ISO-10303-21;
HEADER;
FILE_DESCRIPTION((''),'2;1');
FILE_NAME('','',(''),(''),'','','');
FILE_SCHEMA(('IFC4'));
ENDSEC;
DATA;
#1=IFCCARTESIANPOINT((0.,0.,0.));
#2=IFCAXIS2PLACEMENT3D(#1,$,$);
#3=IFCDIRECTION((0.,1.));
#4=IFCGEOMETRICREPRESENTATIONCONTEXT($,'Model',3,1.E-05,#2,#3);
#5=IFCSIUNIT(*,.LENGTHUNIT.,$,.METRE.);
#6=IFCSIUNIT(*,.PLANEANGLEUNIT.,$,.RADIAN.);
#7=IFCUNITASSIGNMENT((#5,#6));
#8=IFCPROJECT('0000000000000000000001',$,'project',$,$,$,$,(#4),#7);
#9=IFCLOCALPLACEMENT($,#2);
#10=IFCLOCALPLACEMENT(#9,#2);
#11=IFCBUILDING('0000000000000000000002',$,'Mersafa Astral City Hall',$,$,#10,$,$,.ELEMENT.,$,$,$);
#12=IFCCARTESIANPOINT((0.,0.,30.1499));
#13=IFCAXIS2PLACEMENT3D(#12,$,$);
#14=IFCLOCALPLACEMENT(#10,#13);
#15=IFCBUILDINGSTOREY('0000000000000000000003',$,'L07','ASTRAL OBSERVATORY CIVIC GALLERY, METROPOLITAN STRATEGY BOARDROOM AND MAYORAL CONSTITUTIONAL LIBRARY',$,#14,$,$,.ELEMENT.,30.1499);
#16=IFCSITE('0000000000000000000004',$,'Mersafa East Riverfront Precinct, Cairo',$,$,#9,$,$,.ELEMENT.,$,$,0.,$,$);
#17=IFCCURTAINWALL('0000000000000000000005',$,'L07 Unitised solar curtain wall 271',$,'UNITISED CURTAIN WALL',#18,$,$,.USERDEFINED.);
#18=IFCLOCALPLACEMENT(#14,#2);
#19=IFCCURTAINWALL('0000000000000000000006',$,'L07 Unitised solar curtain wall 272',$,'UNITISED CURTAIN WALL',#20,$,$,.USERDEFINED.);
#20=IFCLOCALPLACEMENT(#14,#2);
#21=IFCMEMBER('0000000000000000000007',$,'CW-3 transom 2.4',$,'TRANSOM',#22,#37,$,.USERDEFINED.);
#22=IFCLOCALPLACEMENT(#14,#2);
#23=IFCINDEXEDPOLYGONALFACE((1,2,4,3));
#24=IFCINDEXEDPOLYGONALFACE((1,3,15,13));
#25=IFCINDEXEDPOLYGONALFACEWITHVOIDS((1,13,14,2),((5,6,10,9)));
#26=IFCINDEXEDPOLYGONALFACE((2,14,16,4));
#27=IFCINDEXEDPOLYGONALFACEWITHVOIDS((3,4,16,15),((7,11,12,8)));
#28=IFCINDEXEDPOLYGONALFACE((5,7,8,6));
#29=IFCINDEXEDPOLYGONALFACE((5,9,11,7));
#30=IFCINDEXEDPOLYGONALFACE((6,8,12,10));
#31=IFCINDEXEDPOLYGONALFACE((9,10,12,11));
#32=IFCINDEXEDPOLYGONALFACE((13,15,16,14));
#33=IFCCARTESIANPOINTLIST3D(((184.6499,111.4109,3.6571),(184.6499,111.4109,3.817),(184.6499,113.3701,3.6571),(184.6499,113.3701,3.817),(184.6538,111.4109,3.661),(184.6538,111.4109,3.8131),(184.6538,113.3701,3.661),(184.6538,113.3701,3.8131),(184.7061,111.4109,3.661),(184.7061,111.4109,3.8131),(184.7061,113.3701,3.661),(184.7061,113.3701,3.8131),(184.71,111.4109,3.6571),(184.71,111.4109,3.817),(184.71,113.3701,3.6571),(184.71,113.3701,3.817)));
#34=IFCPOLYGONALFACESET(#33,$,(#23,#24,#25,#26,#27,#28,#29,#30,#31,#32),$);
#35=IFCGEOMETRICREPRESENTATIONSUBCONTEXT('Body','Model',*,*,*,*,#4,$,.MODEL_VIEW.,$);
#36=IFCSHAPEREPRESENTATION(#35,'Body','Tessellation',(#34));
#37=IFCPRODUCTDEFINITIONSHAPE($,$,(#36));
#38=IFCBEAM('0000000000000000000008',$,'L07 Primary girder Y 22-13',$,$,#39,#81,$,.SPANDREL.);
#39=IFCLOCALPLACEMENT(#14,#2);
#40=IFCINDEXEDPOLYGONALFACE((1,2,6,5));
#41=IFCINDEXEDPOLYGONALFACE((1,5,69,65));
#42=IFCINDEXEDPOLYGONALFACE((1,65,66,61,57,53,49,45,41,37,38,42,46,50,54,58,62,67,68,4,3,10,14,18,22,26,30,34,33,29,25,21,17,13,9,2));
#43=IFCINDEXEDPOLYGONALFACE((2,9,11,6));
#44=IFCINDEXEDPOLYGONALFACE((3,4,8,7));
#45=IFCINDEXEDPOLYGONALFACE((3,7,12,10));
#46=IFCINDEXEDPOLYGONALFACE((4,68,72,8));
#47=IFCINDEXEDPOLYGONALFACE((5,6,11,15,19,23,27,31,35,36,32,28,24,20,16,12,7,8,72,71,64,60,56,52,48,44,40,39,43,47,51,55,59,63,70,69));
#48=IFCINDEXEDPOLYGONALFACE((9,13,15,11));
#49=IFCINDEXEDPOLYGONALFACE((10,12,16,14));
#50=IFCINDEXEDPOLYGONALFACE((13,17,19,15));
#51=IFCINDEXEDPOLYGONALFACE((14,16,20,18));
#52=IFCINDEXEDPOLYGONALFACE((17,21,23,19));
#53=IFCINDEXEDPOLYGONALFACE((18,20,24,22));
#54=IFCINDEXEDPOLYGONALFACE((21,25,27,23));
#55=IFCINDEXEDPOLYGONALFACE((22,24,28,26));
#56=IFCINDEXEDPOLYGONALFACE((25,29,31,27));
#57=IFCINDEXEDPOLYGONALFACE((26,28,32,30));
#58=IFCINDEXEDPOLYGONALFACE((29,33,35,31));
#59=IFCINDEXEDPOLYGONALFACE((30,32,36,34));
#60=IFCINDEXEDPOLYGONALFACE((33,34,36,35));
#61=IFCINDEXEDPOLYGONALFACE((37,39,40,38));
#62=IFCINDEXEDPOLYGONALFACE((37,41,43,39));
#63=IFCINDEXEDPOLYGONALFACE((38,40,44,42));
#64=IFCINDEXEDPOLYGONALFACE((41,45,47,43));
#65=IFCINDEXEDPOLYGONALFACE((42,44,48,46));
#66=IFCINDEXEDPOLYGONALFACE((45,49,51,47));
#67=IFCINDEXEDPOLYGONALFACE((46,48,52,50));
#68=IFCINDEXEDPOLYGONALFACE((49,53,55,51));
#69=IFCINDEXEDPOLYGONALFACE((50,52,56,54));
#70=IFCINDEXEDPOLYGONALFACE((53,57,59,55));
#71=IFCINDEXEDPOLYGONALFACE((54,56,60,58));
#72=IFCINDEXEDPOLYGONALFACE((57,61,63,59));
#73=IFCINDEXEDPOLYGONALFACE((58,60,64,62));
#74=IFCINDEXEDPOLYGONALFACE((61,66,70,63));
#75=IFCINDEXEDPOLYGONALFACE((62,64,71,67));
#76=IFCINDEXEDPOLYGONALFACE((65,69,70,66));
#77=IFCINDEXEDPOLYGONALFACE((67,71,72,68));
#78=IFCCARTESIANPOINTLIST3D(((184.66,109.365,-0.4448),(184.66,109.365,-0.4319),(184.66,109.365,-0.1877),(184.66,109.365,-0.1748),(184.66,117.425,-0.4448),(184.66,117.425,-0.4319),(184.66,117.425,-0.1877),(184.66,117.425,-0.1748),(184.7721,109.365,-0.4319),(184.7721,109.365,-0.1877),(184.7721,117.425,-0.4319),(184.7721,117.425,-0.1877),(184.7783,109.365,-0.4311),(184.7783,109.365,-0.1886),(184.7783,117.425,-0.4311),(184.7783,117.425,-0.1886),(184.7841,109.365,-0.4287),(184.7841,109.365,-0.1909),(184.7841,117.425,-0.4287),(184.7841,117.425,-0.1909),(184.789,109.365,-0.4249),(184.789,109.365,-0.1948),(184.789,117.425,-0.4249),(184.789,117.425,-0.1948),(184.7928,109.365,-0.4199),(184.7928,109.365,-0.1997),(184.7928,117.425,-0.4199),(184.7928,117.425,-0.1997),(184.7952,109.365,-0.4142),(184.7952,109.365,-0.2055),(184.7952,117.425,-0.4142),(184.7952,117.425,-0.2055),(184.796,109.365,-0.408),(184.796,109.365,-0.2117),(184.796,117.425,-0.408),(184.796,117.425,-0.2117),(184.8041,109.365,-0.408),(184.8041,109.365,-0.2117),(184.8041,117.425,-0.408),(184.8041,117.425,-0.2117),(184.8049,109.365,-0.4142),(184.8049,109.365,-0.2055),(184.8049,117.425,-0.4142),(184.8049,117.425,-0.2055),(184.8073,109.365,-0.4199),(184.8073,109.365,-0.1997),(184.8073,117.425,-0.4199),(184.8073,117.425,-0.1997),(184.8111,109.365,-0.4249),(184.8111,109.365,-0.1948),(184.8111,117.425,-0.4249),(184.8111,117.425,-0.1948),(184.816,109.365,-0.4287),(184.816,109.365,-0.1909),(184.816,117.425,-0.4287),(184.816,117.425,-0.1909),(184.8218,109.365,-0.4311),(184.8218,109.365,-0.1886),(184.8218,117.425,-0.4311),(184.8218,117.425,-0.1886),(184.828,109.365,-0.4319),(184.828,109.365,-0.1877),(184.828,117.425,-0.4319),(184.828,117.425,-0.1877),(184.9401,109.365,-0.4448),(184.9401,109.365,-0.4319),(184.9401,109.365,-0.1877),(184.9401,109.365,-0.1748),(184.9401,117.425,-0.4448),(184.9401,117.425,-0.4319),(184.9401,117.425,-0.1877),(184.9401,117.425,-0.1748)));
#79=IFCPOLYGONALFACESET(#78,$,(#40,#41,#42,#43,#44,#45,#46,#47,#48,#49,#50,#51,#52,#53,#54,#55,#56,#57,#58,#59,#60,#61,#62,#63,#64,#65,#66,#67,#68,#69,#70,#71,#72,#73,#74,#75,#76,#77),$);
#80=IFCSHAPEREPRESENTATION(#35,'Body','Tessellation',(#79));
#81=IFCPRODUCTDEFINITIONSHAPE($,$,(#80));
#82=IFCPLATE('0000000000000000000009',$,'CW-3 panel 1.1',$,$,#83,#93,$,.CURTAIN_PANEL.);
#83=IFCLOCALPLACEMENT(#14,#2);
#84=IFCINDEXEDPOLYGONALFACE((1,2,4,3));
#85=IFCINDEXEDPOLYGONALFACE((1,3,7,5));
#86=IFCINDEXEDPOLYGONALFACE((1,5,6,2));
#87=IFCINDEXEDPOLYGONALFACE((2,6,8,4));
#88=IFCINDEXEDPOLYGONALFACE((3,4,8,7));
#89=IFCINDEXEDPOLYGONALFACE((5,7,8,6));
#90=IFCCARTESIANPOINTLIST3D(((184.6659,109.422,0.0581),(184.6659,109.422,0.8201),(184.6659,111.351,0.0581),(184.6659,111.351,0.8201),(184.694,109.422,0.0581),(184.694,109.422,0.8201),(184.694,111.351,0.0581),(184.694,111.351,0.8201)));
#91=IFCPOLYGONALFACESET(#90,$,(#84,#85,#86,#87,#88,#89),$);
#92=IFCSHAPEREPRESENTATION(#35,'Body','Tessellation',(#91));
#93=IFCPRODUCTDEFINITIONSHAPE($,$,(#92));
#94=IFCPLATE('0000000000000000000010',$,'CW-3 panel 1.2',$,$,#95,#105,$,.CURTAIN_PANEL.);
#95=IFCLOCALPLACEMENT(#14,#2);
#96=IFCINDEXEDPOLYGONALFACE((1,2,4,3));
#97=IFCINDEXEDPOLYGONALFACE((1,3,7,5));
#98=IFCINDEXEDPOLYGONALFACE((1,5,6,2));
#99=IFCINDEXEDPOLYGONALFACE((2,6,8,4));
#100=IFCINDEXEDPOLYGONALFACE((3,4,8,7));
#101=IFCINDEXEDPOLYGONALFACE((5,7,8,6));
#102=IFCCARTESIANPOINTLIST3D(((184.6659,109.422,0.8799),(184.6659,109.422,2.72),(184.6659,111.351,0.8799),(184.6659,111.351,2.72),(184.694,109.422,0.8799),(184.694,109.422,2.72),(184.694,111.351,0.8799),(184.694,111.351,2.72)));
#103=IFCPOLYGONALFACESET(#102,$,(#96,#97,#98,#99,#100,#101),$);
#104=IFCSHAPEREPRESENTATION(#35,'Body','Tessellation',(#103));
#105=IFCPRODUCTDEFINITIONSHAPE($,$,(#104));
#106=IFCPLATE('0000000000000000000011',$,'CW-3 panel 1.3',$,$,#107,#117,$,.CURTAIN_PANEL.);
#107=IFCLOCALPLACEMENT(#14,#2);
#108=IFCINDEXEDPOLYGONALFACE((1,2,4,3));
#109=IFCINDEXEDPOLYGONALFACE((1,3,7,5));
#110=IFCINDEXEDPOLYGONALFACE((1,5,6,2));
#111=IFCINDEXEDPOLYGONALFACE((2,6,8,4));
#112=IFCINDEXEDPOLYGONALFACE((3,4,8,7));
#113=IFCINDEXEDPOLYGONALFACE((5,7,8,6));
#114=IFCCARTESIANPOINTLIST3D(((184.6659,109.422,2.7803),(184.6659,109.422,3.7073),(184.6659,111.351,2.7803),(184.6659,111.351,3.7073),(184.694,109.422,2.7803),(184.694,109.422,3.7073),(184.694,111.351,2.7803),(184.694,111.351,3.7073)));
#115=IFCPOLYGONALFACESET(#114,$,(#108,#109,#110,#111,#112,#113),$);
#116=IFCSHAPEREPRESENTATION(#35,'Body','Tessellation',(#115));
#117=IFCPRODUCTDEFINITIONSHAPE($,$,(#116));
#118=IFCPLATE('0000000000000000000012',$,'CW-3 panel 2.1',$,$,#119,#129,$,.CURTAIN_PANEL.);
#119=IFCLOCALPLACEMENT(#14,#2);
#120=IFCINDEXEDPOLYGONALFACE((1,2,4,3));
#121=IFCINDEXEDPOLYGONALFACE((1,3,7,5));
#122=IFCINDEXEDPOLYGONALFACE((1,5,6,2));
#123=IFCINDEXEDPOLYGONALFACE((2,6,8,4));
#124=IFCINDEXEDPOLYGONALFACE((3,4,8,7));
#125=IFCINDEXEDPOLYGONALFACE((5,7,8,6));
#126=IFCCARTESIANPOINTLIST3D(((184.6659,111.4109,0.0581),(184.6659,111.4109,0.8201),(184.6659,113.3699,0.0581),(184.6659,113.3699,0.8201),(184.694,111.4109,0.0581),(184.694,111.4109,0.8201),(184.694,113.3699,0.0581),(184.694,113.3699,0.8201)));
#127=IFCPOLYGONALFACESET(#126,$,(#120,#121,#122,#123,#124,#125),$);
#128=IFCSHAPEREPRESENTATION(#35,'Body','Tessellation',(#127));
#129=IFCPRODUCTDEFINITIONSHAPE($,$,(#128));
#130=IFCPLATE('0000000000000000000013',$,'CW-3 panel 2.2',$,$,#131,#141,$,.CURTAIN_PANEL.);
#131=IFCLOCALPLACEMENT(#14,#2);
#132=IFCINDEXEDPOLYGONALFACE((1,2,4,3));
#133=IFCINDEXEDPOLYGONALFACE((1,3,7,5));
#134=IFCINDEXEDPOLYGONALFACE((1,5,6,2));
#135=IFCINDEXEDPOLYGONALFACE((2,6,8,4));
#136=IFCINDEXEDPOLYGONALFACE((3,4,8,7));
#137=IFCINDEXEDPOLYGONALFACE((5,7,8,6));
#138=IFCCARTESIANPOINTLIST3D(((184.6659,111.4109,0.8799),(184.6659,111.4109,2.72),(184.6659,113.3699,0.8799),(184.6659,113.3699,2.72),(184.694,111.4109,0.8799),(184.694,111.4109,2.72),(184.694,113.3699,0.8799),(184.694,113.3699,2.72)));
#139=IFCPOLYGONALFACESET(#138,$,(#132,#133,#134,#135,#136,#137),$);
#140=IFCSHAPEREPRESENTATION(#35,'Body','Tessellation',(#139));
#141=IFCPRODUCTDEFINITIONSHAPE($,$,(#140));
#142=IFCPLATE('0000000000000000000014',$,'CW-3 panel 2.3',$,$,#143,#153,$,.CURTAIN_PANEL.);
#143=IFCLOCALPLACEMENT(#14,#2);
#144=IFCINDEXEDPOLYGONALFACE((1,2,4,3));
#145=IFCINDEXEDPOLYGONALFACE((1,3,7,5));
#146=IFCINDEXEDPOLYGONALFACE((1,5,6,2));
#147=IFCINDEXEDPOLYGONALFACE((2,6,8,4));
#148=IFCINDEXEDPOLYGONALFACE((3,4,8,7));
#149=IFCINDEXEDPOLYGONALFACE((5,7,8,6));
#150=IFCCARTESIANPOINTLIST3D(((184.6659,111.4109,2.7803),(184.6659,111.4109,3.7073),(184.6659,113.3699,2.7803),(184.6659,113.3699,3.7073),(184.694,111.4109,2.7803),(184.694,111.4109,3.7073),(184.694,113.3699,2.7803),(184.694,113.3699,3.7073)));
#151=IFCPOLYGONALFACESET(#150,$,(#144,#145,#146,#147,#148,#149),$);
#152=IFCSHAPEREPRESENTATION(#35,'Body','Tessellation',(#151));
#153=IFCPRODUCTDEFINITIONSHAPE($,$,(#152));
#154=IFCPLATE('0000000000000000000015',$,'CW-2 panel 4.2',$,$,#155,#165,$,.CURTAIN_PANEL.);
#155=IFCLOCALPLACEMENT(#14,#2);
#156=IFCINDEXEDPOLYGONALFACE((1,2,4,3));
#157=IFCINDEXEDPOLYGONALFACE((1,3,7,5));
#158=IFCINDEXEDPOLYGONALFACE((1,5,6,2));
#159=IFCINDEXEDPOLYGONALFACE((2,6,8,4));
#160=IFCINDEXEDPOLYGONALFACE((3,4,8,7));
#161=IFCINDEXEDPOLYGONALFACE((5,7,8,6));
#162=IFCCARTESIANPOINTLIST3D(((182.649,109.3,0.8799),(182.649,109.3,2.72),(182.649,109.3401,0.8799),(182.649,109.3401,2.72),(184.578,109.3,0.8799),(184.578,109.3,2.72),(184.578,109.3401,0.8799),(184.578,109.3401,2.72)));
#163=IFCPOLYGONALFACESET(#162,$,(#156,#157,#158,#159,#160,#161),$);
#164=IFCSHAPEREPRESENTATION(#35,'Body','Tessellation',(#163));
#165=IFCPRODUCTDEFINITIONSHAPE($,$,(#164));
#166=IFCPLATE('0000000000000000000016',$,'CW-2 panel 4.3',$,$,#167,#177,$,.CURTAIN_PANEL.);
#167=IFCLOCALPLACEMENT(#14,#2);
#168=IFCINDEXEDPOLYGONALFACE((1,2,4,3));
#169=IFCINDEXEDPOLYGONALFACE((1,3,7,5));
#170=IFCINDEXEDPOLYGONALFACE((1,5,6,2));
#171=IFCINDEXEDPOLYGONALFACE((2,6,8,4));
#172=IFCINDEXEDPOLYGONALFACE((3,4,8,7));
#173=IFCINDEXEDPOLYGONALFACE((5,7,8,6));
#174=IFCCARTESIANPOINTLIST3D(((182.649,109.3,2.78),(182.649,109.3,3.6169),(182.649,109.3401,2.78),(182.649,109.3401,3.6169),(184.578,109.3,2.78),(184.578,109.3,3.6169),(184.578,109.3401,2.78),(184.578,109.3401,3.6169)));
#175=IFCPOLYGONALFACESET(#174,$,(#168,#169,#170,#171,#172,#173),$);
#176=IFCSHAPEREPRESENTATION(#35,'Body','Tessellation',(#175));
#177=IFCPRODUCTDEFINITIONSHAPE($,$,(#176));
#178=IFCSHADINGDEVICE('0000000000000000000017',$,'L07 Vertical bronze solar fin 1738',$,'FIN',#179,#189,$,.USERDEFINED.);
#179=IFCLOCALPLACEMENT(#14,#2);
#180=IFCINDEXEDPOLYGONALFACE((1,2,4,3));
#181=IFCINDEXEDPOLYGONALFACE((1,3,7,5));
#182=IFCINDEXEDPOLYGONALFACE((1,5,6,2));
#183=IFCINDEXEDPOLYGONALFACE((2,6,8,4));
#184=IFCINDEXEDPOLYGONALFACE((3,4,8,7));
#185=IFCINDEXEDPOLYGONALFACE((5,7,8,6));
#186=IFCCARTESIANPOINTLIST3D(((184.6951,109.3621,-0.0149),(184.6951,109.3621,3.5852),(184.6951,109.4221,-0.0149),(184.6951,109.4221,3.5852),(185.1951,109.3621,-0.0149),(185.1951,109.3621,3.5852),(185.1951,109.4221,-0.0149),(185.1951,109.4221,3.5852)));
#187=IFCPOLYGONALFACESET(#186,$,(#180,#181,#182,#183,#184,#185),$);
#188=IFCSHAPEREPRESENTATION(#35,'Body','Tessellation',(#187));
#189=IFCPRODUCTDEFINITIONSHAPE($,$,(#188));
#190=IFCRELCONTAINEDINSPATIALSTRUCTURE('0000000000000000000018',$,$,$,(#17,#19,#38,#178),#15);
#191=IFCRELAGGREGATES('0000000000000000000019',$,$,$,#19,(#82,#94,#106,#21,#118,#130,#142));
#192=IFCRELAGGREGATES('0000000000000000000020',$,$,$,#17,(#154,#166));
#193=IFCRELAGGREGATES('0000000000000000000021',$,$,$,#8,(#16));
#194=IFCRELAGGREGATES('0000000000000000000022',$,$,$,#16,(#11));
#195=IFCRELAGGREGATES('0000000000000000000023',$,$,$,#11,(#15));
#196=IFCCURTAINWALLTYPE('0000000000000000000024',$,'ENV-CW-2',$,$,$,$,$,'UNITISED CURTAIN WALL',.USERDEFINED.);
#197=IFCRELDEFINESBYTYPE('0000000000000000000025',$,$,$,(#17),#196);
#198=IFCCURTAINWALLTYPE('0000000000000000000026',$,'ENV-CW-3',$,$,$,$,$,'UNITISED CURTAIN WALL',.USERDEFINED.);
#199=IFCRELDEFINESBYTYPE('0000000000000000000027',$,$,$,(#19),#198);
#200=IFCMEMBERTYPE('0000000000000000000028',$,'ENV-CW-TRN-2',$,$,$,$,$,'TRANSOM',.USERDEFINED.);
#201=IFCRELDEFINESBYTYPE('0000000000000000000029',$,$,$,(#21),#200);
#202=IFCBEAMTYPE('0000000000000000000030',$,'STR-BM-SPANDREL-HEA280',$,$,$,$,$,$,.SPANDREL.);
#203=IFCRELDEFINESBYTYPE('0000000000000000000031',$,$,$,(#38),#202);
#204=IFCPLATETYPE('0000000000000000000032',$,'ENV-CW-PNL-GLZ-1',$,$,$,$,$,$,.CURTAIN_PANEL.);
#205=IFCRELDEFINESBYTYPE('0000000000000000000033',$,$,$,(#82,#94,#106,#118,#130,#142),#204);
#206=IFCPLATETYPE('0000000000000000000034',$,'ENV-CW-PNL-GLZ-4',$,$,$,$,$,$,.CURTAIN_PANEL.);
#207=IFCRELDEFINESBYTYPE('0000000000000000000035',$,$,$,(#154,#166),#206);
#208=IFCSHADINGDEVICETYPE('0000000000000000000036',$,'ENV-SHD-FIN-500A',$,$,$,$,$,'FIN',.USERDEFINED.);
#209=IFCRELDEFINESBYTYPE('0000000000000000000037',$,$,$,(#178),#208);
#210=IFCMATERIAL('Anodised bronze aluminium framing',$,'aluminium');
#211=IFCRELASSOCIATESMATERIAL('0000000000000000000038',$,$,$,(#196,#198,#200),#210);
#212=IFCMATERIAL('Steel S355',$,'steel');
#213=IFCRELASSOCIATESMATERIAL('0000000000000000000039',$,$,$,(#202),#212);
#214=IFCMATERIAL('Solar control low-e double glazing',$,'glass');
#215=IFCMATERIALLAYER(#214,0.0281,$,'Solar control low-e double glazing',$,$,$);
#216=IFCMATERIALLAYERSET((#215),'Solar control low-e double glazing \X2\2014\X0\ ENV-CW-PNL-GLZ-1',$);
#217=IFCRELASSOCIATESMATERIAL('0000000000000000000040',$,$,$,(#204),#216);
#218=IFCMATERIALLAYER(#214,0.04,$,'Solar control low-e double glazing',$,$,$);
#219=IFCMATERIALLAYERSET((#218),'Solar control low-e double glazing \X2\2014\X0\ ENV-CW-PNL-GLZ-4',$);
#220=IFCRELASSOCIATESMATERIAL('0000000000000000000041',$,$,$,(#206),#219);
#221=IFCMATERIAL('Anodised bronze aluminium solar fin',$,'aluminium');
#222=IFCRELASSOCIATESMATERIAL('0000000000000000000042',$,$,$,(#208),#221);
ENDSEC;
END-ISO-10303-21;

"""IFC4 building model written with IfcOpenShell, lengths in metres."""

from ifc_helpers import new_model, si_unit, direction, frame, origin, origin_2d, place, context, subcontext, project, spatial, rectangle, hollow_rectangle, i_section, extrude, material, layer, layer_set, material_profile, profile_set, type_object, element, aggregate, save


model = new_model("IFC4")

# Units and contexts
model_context = context("Model", 3, precision=1e-05, world=origin(), true_north=direction((0.0, 1.0)))
body_context = subcontext(model_context, "Body", "Model", "MODEL_VIEW")
ifc_project = project(units=[si_unit("LENGTHUNIT", "METRE"), si_unit("PLANEANGLEUNIT", "RADIAN")], contexts=[model_context])

# Site, building, storey
site_placement = place(None, origin())
site = spatial("IfcSite", under=ifc_project, at=site_placement, Name="Mersafa East Riverfront Precinct, Cairo", CompositionType="ELEMENT", RefElevation=0.0)
building_placement = place(site_placement, origin())
building = spatial("IfcBuilding", under=site, at=building_placement, Name="Mersafa Astral City Hall", CompositionType="ELEMENT")
storey_placement = place(building_placement, frame((0.0, 0.0, 30.1499)))
storey = spatial("IfcBuildingStorey", under=building, at=storey_placement, Name="L07", Description="ASTRAL OBSERVATORY CIVIC GALLERY, METROPOLITAN STRATEGY BOARDROOM AND MAYORAL CONSTITUTIONAL LIBRARY", CompositionType="ELEMENT", Elevation=30.1499)

# Curtain wall
ifc_material_1 = material(Name="Anodised bronze aluminium framing", Category="aluminium")
curtain_wall_type_1 = type_object("IfcCurtainWallType", Name="ENV-CW-2", ElementType="UNITISED CURTAIN WALL", PredefinedType="USERDEFINED", material=ifc_material_1)
curtain_wall_1_placement = place(storey_placement, origin())
curtain_wall_1 = element("IfcCurtainWall", 1, at=curtain_wall_1_placement, inside=storey, type_object=curtain_wall_type_1, Name="L07 Unitised solar curtain wall 271", ObjectType="UNITISED CURTAIN WALL", PredefinedType="USERDEFINED")

# Curtain wall, member
curtain_wall_type_2 = type_object("IfcCurtainWallType", Name="ENV-CW-3", ElementType="UNITISED CURTAIN WALL", PredefinedType="USERDEFINED", material=ifc_material_1)
curtain_wall_2_placement = place(storey_placement, origin())
curtain_wall_2 = element("IfcCurtainWall", 2, at=curtain_wall_2_placement, inside=storey, type_object=curtain_wall_type_2, Name="L07 Unitised solar curtain wall 272", ObjectType="UNITISED CURTAIN WALL", PredefinedType="USERDEFINED")
ifc_material_profile_1 = material_profile(ifc_material_1, hollow_rectangle(XDim=0.0601, YDim=0.1599, WallThickness=0.0039, at=origin_2d()), Name="RHS 60x160x4")
ifc_profile_set_1 = profile_set([ifc_material_profile_1], Name="Anodised bronze aluminium framing")
member_type_1 = type_object("IfcMemberType", Name="ENV-CW-TRN-2", ElementType="TRANSOM", PredefinedType="USERDEFINED", material=ifc_profile_set_1)
member_1_placement = place(storey_placement, frame((184.6799, 111.4109, 3.7371), z_axis=(0.0, 1.0, 0.0), x_axis=(-1.0, 0.0, 0.0)))
member_1 = element("IfcMember", 3, at=member_1_placement, type_object=member_type_1, Name="CW-3 transom 2.4", ObjectType="TRANSOM", PredefinedType="USERDEFINED", context=body_context, shape_type="SweptSolid", body=[
    extrude(hollow_rectangle(XDim=0.0601, YDim=0.1599, WallThickness=0.0039, at=origin_2d()), origin(), (0.0, 0.0, 1.0), 1.9592),
])

# Beam
ifc_material_2 = material(Name="Steel S355", Category="steel")
ifc_material_profile_2 = material_profile(ifc_material_2, i_section(OverallWidth=0.28, OverallDepth=0.27, WebThickness=0.0081, FlangeThickness=0.0129, FilletRadius=0.0239, at=origin_2d()), Name="HEA 280")
ifc_profile_set_2 = profile_set([ifc_material_profile_2], Name="Steel S355")
beam_type = type_object("IfcBeamType", Name="STR-BM-SPANDREL-HEA280", PredefinedType="SPANDREL", material=ifc_profile_set_2)
beam_placement = place(storey_placement, frame((184.8, 109.365, -0.3098), z_axis=(0.0, 1.0, 0.0), x_axis=(-1.0, 0.0, 0.0)))
element("IfcBeam", 4, at=beam_placement, inside=storey, type_object=beam_type, Name="L07 Primary girder Y 22-13", PredefinedType="SPANDREL", context=body_context, shape_type="SweptSolid", body=[
    extrude(i_section(OverallWidth=0.28, OverallDepth=0.27, WebThickness=0.0081, FlangeThickness=0.0129, FilletRadius=0.0239, at=origin_2d()), origin(), (0.0, 0.0, 1.0), 8.0601),
])

# Plates
ifc_material_3 = material(Name="Solar control low-e double glazing", Category="glass")
ifc_layer_1 = layer(ifc_material_3, 0.0281, Name="Solar control low-e double glazing")
ifc_layer_set_1 = layer_set([ifc_layer_1], Name="Solar control low-e double glazing — ENV-CW-PNL-GLZ-1")
plate_type_1 = type_object("IfcPlateType", Name="ENV-CW-PNL-GLZ-1", PredefinedType="CURTAIN_PANEL", material=ifc_layer_set_1)
plate_1_placement = place(storey_placement, frame((184.6799, 110.3865, 0.0581), z_axis=(0.0, 0.0, 1.0), x_axis=(0.0, 1.0, 0.0)))
plate_1 = element("IfcPlate", 5, at=plate_1_placement, type_object=plate_type_1, Name="CW-3 panel 1.1", PredefinedType="CURTAIN_PANEL", context=body_context, shape_type="SweptSolid", body=[
    extrude(rectangle(XDim=1.929, YDim=0.0281, at=origin_2d()), origin(), (0.0, 0.0, 1.0), 0.762),
])
plate_2_placement = place(storey_placement, frame((184.6799, 110.3865, 0.8799), z_axis=(0.0, 0.0, 1.0), x_axis=(0.0, 1.0, 0.0)))
plate_2 = element("IfcPlate", 6, at=plate_2_placement, type_object=plate_type_1, Name="CW-3 panel 1.2", PredefinedType="CURTAIN_PANEL", context=body_context, shape_type="SweptSolid", body=[
    extrude(rectangle(XDim=1.929, YDim=0.0281, at=origin_2d()), origin(), (0.0, 0.0, 1.0), 1.8401),
])
plate_3_placement = place(storey_placement, frame((184.6799, 110.3865, 2.7803), z_axis=(0.0, 0.0, 1.0), x_axis=(0.0, 1.0, 0.0)))
plate_3 = element("IfcPlate", 7, at=plate_3_placement, type_object=plate_type_1, Name="CW-3 panel 1.3", PredefinedType="CURTAIN_PANEL", context=body_context, shape_type="SweptSolid", body=[
    extrude(rectangle(XDim=1.929, YDim=0.0281, at=origin_2d()), origin(), (0.0, 0.0, 1.0), 0.927),
])
plate_4_placement = place(storey_placement, frame((184.6799, 112.3904, 0.0581), z_axis=(0.0, 0.0, 1.0), x_axis=(0.0, 1.0, 0.0)))
plate_4 = element("IfcPlate", 8, at=plate_4_placement, type_object=plate_type_1, Name="CW-3 panel 2.1", PredefinedType="CURTAIN_PANEL", context=body_context, shape_type="SweptSolid", body=[
    extrude(rectangle(XDim=1.959, YDim=0.0281, at=origin_2d()), origin(), (0.0, 0.0, 1.0), 0.762),
])
plate_5_placement = place(storey_placement, frame((184.6799, 112.3904, 0.8799), z_axis=(0.0, 0.0, 1.0), x_axis=(0.0, 1.0, 0.0)))
plate_5 = element("IfcPlate", 9, at=plate_5_placement, type_object=plate_type_1, Name="CW-3 panel 2.2", PredefinedType="CURTAIN_PANEL", context=body_context, shape_type="SweptSolid", body=[
    extrude(rectangle(XDim=1.959, YDim=0.0281, at=origin_2d()), origin(), (0.0, 0.0, 1.0), 1.8401),
])
plate_6_placement = place(storey_placement, frame((184.6799, 112.3904, 2.7803), z_axis=(0.0, 0.0, 1.0), x_axis=(0.0, 1.0, 0.0)))
plate_6 = element("IfcPlate", 10, at=plate_6_placement, type_object=plate_type_1, Name="CW-3 panel 2.3", PredefinedType="CURTAIN_PANEL", context=body_context, shape_type="SweptSolid", body=[
    extrude(rectangle(XDim=1.959, YDim=0.0281, at=origin_2d()), origin(), (0.0, 0.0, 1.0), 0.927),
])
aggregate(curtain_wall_2, [plate_1, plate_2, plate_3, member_1, plate_4, plate_5, plate_6])
ifc_layer_2 = layer(ifc_material_3, 0.04, Name="Solar control low-e double glazing")
ifc_layer_set_2 = layer_set([ifc_layer_2], Name="Solar control low-e double glazing — ENV-CW-PNL-GLZ-4")
plate_type_2 = type_object("IfcPlateType", Name="ENV-CW-PNL-GLZ-4", PredefinedType="CURTAIN_PANEL", material=ifc_layer_set_2)
plate_7_placement = place(storey_placement, frame((183.6135, 109.3201, 0.8799), z_axis=(0.0, 0.0, 1.0), x_axis=(1.0, 0.0, 0.0)))
plate_7 = element("IfcPlate", 11, at=plate_7_placement, type_object=plate_type_2, Name="CW-2 panel 4.2", PredefinedType="CURTAIN_PANEL", context=body_context, shape_type="SweptSolid", body=[
    extrude(rectangle(XDim=1.929, YDim=0.04, at=origin_2d()), origin(), (0.0, 0.0, 1.0), 1.8401),
])
plate_8_placement = place(storey_placement, frame((183.6135, 109.3201, 2.78), z_axis=(0.0, 0.0, 1.0), x_axis=(1.0, 0.0, 0.0)))
plate_8 = element("IfcPlate", 12, at=plate_8_placement, type_object=plate_type_2, Name="CW-2 panel 4.3", PredefinedType="CURTAIN_PANEL", context=body_context, shape_type="SweptSolid", body=[
    extrude(rectangle(XDim=1.929, YDim=0.04, at=origin_2d()), origin(), (0.0, 0.0, 1.0), 0.8369),
])
aggregate(curtain_wall_1, [plate_7, plate_8])

# Shading device
ifc_material_4 = material(Name="Anodised bronze aluminium solar fin", Category="aluminium")
shading_device_type = type_object("IfcShadingDeviceType", Name="ENV-SHD-FIN-500A", ElementType="FIN", PredefinedType="USERDEFINED", material=ifc_material_4)
for number, where, z_axis, x_axis, name in (
    (13, (184.9451, 109.3921, -0.0149), (0.0, 0.0, 1.0), (0.0, 1.0, 0.0), "L07 Vertical bronze solar fin 1738"),
):
    element("IfcShadingDevice", number, at=place(storey_placement, frame(where, z_axis=z_axis, x_axis=x_axis)), inside=storey, type_object=shading_device_type, Name=name, ObjectType="FIN", PredefinedType="USERDEFINED", context=body_context, shape_type="SweptSolid", body=[
        extrude(rectangle(XDim=0.0601, YDim=0.5, at=origin_2d()), origin(), (0.0, 0.0, 1.0), 3.6001),
    ])

save(model, "model.ifc")
